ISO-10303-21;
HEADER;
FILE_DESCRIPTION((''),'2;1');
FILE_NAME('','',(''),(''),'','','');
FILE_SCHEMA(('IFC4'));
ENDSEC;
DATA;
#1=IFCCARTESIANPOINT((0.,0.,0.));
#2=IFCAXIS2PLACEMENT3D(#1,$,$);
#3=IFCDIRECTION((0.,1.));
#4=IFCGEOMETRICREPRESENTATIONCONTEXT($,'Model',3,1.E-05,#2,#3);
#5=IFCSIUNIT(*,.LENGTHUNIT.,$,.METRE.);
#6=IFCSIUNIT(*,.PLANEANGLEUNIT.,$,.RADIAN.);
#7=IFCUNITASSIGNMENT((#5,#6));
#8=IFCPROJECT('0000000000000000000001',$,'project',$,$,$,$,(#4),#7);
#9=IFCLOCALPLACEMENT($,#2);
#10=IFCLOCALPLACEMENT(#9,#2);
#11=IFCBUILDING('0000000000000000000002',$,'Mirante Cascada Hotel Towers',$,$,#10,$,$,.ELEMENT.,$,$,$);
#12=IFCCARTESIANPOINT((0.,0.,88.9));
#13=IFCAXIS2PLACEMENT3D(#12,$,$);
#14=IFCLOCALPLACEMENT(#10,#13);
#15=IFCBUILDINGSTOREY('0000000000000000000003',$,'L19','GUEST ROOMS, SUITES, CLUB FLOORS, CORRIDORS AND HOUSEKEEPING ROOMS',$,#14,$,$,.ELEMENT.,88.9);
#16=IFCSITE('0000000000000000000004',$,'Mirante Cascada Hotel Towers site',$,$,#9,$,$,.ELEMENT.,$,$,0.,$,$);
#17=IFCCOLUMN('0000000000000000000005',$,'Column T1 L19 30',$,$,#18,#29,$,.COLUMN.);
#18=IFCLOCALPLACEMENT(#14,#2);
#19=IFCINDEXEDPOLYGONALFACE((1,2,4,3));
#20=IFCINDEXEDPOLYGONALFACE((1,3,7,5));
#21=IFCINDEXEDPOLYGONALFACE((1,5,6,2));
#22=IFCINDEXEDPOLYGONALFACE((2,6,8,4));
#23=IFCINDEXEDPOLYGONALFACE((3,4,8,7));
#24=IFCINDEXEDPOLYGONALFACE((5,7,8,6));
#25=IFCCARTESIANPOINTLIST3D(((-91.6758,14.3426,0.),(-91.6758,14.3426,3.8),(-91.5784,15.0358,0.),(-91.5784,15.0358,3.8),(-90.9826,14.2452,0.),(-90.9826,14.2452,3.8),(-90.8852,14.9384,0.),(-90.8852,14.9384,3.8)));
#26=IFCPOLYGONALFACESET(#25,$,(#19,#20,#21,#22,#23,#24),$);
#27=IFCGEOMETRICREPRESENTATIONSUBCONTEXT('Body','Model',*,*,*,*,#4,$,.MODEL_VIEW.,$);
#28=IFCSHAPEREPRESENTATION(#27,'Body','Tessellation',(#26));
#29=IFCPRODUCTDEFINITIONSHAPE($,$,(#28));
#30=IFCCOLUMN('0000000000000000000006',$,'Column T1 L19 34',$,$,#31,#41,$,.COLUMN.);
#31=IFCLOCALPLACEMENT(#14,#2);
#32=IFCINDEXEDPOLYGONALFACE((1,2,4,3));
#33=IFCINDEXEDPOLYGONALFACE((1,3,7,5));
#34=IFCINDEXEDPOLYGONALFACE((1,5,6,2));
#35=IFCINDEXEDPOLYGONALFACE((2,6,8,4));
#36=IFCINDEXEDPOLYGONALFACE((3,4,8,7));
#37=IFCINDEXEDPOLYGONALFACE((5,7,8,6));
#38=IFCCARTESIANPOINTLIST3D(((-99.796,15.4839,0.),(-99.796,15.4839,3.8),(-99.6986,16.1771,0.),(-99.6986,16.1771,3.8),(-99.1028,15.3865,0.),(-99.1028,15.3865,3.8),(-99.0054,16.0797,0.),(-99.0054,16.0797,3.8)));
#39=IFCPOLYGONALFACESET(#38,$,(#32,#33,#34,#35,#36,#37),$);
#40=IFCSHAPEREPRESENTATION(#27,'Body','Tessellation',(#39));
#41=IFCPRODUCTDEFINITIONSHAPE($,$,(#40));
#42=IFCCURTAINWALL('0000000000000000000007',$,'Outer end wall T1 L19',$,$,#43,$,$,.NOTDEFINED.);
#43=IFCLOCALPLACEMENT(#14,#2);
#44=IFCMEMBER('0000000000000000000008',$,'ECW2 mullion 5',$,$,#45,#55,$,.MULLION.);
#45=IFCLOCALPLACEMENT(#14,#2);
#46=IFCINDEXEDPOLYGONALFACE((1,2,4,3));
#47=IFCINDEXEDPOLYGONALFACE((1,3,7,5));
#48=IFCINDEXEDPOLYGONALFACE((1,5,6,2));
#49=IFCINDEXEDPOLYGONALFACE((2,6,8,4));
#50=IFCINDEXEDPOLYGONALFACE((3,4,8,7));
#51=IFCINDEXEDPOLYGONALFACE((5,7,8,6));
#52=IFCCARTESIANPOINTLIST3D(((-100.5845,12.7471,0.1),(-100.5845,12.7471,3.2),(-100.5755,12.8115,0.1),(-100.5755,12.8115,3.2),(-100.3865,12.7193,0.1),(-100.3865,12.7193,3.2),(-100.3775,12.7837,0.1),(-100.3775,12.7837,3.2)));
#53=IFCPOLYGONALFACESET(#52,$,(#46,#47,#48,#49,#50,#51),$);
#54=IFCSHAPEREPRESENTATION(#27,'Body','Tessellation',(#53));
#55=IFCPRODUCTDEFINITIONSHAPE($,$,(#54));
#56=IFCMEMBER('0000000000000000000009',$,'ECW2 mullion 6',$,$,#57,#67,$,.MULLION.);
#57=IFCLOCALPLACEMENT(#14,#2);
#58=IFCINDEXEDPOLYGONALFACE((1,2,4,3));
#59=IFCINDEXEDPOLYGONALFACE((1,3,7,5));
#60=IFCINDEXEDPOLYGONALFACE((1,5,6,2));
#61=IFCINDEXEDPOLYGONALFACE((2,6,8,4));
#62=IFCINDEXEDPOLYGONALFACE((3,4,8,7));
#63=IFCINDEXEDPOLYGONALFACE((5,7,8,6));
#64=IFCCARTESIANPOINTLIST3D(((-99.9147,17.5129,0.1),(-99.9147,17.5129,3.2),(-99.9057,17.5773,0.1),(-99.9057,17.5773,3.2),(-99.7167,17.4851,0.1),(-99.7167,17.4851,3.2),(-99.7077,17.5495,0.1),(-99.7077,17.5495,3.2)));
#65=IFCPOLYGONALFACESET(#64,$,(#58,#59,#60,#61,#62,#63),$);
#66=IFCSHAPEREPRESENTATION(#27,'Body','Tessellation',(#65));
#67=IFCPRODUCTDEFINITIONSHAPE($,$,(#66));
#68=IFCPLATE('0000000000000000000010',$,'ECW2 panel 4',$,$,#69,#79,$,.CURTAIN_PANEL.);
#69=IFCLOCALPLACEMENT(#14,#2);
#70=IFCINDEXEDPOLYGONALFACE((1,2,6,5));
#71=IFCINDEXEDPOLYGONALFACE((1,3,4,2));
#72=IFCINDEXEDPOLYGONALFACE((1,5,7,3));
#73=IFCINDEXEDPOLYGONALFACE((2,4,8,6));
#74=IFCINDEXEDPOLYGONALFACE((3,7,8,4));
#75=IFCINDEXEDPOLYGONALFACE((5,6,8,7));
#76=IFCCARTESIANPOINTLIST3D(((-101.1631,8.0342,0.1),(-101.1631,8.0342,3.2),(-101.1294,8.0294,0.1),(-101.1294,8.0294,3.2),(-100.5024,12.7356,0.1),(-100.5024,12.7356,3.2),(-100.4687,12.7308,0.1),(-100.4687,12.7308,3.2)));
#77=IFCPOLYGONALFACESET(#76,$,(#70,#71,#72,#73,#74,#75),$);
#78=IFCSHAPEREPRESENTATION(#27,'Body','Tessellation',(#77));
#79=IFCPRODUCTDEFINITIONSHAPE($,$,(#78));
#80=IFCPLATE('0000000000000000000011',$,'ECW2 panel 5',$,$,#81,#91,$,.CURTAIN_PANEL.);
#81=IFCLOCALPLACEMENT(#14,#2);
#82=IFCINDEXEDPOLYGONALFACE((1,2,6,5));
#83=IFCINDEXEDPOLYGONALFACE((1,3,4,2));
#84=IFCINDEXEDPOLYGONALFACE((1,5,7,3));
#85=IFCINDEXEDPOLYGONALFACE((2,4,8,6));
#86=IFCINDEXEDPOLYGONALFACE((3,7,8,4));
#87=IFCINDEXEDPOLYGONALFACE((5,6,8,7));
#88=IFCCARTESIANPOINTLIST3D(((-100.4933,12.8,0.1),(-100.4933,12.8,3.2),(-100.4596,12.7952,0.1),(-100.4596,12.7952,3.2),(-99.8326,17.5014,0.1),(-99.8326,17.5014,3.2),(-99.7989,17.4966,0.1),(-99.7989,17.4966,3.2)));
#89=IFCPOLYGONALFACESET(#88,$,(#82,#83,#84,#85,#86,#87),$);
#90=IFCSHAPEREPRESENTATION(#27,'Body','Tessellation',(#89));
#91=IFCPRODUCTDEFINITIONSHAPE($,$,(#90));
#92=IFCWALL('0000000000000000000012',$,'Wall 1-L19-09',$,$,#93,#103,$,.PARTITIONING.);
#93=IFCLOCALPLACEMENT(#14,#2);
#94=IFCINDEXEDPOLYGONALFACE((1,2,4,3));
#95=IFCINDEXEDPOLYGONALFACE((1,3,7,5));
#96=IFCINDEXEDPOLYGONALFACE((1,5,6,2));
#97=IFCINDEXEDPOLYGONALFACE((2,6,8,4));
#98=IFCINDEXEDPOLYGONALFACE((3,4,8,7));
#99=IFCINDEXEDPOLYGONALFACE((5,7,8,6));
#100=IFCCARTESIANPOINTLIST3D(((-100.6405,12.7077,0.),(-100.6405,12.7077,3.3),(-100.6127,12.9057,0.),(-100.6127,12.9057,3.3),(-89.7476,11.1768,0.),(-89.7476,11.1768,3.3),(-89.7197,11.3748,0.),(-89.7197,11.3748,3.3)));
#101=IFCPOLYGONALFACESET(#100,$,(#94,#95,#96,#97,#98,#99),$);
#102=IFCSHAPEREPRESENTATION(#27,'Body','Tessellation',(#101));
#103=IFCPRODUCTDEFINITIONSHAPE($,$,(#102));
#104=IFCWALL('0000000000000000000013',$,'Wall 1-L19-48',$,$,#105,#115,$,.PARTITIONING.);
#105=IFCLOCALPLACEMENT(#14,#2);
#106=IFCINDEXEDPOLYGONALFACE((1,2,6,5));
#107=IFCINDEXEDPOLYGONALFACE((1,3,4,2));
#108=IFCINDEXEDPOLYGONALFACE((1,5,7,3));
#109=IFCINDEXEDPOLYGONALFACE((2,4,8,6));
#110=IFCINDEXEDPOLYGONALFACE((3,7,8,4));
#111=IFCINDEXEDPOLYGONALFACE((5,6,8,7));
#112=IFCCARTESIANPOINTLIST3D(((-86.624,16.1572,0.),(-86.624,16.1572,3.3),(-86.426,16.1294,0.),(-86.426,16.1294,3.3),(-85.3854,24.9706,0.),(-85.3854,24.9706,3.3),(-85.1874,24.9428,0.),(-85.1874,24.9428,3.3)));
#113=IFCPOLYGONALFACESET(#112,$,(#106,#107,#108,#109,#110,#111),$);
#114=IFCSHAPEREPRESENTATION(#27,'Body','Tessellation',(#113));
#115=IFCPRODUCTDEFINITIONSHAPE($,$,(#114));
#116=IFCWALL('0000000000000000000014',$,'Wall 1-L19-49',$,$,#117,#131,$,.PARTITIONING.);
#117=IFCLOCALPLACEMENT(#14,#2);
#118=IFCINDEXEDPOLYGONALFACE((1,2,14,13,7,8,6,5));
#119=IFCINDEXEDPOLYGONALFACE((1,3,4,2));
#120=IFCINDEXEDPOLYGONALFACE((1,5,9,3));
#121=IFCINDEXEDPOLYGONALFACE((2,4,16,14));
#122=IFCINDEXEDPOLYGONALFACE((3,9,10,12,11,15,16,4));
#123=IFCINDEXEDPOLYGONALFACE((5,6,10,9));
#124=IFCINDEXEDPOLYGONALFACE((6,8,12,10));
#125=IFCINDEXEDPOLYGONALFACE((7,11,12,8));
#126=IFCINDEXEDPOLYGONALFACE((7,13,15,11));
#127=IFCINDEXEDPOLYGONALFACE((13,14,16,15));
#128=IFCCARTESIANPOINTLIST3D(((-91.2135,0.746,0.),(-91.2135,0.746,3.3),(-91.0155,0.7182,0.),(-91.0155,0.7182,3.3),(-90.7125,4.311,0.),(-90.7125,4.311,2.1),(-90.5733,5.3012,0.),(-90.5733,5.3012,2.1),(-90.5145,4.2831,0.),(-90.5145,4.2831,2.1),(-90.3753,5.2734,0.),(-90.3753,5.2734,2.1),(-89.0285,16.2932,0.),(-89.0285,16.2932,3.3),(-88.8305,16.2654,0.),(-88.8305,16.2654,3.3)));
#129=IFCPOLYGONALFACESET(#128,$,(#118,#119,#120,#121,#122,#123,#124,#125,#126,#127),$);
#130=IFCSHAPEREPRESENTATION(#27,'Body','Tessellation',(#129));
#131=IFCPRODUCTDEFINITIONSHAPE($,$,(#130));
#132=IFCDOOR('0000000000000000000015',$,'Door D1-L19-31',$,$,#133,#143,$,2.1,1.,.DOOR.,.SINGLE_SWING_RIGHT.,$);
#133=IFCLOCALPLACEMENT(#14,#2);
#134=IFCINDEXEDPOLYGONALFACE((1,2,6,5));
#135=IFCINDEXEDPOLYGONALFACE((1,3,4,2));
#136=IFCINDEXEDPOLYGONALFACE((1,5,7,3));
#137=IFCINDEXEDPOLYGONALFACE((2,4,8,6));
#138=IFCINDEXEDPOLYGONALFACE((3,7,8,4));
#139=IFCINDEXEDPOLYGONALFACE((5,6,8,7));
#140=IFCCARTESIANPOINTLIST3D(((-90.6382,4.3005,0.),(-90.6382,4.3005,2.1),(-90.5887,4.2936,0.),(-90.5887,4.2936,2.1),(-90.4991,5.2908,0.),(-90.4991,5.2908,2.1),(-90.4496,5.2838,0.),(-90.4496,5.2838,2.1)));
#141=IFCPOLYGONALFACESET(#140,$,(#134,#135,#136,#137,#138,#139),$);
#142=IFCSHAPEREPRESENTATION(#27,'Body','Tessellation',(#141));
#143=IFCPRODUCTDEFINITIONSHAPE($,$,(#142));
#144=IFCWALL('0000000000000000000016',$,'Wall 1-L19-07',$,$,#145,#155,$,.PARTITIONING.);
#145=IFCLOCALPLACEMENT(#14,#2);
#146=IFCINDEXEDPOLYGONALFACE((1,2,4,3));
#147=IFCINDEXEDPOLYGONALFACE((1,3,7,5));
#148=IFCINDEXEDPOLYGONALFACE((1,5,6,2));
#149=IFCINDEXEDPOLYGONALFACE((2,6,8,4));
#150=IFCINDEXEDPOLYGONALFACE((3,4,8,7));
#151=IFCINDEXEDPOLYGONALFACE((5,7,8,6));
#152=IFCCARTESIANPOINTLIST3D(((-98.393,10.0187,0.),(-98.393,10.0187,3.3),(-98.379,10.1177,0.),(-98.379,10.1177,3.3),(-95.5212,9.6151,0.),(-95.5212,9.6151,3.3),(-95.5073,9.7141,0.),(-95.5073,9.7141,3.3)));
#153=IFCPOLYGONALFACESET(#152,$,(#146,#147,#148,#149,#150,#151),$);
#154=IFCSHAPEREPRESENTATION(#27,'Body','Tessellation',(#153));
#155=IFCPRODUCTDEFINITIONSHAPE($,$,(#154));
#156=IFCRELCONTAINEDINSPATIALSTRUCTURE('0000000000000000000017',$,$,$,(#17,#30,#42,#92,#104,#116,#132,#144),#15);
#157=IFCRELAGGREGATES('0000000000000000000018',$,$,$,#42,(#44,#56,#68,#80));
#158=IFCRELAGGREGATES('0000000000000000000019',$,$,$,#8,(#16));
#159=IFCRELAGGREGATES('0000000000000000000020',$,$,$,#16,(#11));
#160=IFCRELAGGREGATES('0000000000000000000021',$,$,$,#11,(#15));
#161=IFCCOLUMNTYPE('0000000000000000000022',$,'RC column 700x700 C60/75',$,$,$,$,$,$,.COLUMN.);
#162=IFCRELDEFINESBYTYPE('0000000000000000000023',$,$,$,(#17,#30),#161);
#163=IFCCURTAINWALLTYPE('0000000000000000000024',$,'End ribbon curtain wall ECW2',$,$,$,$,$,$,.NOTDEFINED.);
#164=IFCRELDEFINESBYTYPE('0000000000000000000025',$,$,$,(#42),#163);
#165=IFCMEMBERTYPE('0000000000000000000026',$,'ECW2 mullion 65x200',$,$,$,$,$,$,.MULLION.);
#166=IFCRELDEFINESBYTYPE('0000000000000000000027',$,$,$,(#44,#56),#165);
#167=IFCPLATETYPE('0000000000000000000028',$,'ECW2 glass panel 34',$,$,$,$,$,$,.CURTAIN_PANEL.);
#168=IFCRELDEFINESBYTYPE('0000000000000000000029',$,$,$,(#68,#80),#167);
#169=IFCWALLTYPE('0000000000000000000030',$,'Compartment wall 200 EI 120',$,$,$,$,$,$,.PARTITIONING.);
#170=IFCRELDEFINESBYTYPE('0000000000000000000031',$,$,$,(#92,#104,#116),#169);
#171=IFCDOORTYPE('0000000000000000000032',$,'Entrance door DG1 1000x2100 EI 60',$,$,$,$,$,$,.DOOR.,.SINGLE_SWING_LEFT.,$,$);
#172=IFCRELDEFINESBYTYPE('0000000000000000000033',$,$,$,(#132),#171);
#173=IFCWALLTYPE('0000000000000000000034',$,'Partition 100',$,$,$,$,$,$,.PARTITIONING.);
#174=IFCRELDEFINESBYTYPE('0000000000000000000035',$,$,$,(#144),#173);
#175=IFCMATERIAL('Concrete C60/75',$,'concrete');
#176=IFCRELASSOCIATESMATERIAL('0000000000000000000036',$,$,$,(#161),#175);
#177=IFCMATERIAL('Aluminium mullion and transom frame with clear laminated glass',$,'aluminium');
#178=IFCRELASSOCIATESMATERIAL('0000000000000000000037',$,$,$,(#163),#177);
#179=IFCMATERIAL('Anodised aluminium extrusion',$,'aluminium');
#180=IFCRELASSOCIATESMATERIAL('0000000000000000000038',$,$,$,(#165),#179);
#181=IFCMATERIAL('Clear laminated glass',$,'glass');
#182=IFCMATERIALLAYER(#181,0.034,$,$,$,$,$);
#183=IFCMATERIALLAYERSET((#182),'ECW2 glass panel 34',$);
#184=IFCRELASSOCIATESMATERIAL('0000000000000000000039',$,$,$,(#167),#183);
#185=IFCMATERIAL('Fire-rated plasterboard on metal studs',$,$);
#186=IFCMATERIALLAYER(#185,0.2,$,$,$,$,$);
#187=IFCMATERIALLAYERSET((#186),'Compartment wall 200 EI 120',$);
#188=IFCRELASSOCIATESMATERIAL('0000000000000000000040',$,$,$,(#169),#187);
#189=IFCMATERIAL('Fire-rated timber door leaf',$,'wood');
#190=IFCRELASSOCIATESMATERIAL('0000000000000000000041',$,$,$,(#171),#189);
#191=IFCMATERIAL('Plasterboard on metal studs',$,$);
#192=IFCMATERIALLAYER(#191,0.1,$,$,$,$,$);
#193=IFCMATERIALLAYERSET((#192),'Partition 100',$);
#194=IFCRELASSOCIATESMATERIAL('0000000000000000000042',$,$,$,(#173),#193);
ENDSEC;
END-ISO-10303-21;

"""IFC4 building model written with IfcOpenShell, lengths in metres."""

from ifc_helpers import new_model, si_unit, direction, frame, frame_2d, origin, origin_2d, place, context, subcontext, project, spatial, rectangle, extrude, material, layer, layer_set, material_profile, profile_set, type_object, element, fill, aggregate, save


model = new_model("IFC4")

# Units and contexts
model_context = context("Model", 3, precision=1e-05, world=origin(), true_north=direction((0.0, 1.0)))
body_context = subcontext(model_context, "Body", "Model", "MODEL_VIEW")
ifc_project = project(units=[si_unit("LENGTHUNIT", "METRE"), si_unit("PLANEANGLEUNIT", "RADIAN")], contexts=[model_context])

# Site, building, storey
site_placement = place(None, origin())
site = spatial("IfcSite", under=ifc_project, at=site_placement, Name="Mirante Cascada Hotel Towers site", CompositionType="ELEMENT", RefElevation=0.0)
building_placement = place(site_placement, origin())
building = spatial("IfcBuilding", under=site, at=building_placement, Name="Mirante Cascada Hotel Towers", CompositionType="ELEMENT")
storey_placement = place(building_placement, frame((0.0, 0.0, 88.9)))
storey = spatial("IfcBuildingStorey", under=building, at=storey_placement, Name="L19", Description="GUEST ROOMS, SUITES, CLUB FLOORS, CORRIDORS AND HOUSEKEEPING ROOMS", CompositionType="ELEMENT", Elevation=88.9)

# Columns
ifc_material_1 = material(Name="Concrete C60/75", Category="concrete")
ifc_material_profile_1 = material_profile(ifc_material_1, rectangle(XDim=0.7, YDim=0.7, at=origin_2d()), Name="RC column 700x700 C60/75")
ifc_profile_set_1 = profile_set([ifc_material_profile_1], Name="Concrete C60/75")
column_type = type_object("IfcColumnType", Name="RC column 700x700 C60/75", PredefinedType="COLUMN", material=ifc_profile_set_1)
for number, where, z_axis, x_axis, name in (
    (1, (-91.2805, 14.6405, 0.0), (0.0, 0.0, 1.0), (-0.990268, 0.139173, 0.0), "Column T1 L19 30"),
    (2, (-99.4007, 15.7818, 0.0), (0.0, 0.0, 1.0), (-0.990268, 0.139173, 0.0), "Column T1 L19 34"),
):
    element("IfcColumn", number, at=place(storey_placement, frame(where, z_axis=z_axis, x_axis=x_axis)), inside=storey, type_object=column_type, Name=name, PredefinedType="COLUMN", context=body_context, shape_type="SweptSolid", body=[
        extrude(rectangle(XDim=0.7, YDim=0.7, at=origin_2d()), origin(), (0.0, 0.0, 1.0), 3.8),
    ])

# Curtain wall, members, plates
ifc_material_2 = material(Name="Aluminium mullion and transom frame with clear laminated glass", Category="aluminium")
curtain_wall_type = type_object("IfcCurtainWallType", Name="End ribbon curtain wall ECW2", PredefinedType="NOTDEFINED", material=ifc_material_2)
curtain_wall_placement = place(storey_placement, origin())
curtain_wall = element("IfcCurtainWall", 3, at=curtain_wall_placement, inside=storey, type_object=curtain_wall_type, Name="Outer end wall T1 L19", PredefinedType="NOTDEFINED")
ifc_material_3 = material(Name="Anodised aluminium extrusion", Category="aluminium")
ifc_material_profile_2 = material_profile(ifc_material_3, rectangle(XDim=0.2, YDim=0.065, at=origin_2d()), Name="ECW2 MULLION 65x200")
ifc_profile_set_2 = profile_set([ifc_material_profile_2], Name="Anodised aluminium extrusion")
member_type = type_object("IfcMemberType", Name="ECW2 mullion 65x200", PredefinedType="MULLION", material=ifc_profile_set_2)
member_1_placement = place(storey_placement, frame((-100.481, 12.7654, 0.1), z_axis=(0.0, 0.0, 1.0), x_axis=(-0.990268, 0.139173, 0.0)))
member_1 = element("IfcMember", 4, at=member_1_placement, type_object=member_type, Name="ECW2 mullion 5", PredefinedType="MULLION", context=body_context, shape_type="SweptSolid", body=[
    extrude(rectangle(XDim=0.2, YDim=0.065, at=origin_2d()), origin(), (0.0, 0.0, 1.0), 3.1),
])
member_2_placement = place(storey_placement, frame((-99.8112, 17.5312, 0.1), z_axis=(0.0, 0.0, 1.0), x_axis=(-0.990268, 0.139173, 0.0)))
member_2 = element("IfcMember", 5, at=member_2_placement, type_object=member_type, Name="ECW2 mullion 6", PredefinedType="MULLION", context=body_context, shape_type="SweptSolid", body=[
    extrude(rectangle(XDim=0.2, YDim=0.065, at=origin_2d()), origin(), (0.0, 0.0, 1.0), 3.1),
])
ifc_material_4 = material(Name="Clear laminated glass", Category="glass")
ifc_layer_1 = layer(ifc_material_4, 0.034)
ifc_layer_set_1 = layer_set([ifc_layer_1], Name="ECW2 glass panel 34")
plate_type = type_object("IfcPlateType", Name="ECW2 glass panel 34", PredefinedType="CURTAIN_PANEL", material=ifc_layer_set_1)
plate_1_placement = place(storey_placement, frame((-100.8159, 10.3825, 0.1), z_axis=(0.0, 0.0, 1.0), x_axis=(0.139173, 0.990268, 0.0)))
plate_1 = element("IfcPlate", 6, at=plate_1_placement, type_object=plate_type, Name="ECW2 panel 4", PredefinedType="CURTAIN_PANEL", context=body_context, shape_type="SweptSolid", body=[
    extrude(rectangle(XDim=4.7476, YDim=0.034, at=origin_2d()), origin(), (0.0, 0.0, 1.0), 3.1),
])
plate_2_placement = place(storey_placement, frame((-100.1461, 15.1483, 0.1), z_axis=(0.0, 0.0, 1.0), x_axis=(0.139173, 0.990268, 0.0)))
plate_2 = element("IfcPlate", 7, at=plate_2_placement, type_object=plate_type, Name="ECW2 panel 5", PredefinedType="CURTAIN_PANEL", context=body_context, shape_type="SweptSolid", body=[
    extrude(rectangle(XDim=4.7476, YDim=0.034, at=origin_2d()), origin(), (0.0, 0.0, 1.0), 3.1),
])
aggregate(curtain_wall, [member_1, member_2, plate_1, plate_2])

# Walls
ifc_material_5 = material(Name="Fire-rated plasterboard on metal studs")
ifc_layer_2 = layer(ifc_material_5, 0.2)
ifc_layer_set_2 = layer_set([ifc_layer_2], Name="Compartment wall 200 EI 120")
wall_type_1 = type_object("IfcWallType", Name="Compartment wall 200 EI 120", PredefinedType="PARTITIONING", material=ifc_layer_set_2)
wall_1_placement = place(storey_placement, frame((-100.6266, 12.8067, 0.0), z_axis=(0.0, 0.0, 1.0), x_axis=(0.990268, -0.139173, 0.0)))
element("IfcWall", 8, at=wall_1_placement, inside=storey, type_object=wall_type_1, Name="Wall 1-L19-09", PredefinedType="PARTITIONING", context=body_context, shape_type="SweptSolid", body=[
    extrude(rectangle(XDim=11.0, YDim=0.2, at=frame_2d((5.5, 0.0))), origin(), (0.0, 0.0, 1.0), 3.3),
])
wall_2_placement = place(storey_placement, frame((-86.525, 16.1433, 0.0), z_axis=(0.0, 0.0, 1.0), x_axis=(0.139168, 0.990269, 0.0)))
element("IfcWall", 9, at=wall_2_placement, inside=storey, type_object=wall_type_1, Name="Wall 1-L19-48", PredefinedType="PARTITIONING", context=body_context, shape_type="SweptSolid", body=[
    extrude(rectangle(XDim=8.9, YDim=0.2, at=frame_2d((4.45, 0.0))), origin(), (0.0, 0.0, 1.0), 3.3),
])

# Wall, opening, door
wall_3_placement = place(storey_placement, frame((-88.9295, 16.2793, 0.0), z_axis=(0.0, 0.0, 1.0), x_axis=(-0.139172, -0.990268, 0.0)))
wall_3 = element("IfcWall", 10, at=wall_3_placement, inside=storey, type_object=wall_type_1, Name="Wall 1-L19-49", PredefinedType="PARTITIONING", context=body_context, shape_type="SweptSolid", body=[
    extrude(rectangle(XDim=15.7, YDim=0.2, at=frame_2d((7.85, 0.0))), origin(), (0.0, 0.0, 1.0), 3.3),
])
opening_1_placement = place(wall_3_placement, frame((11.1, 0.0, 0.0)))
opening_1 = element("IfcOpeningElement", 11, at=opening_1_placement, cuts=wall_3, PredefinedType="OPENING", context=body_context, shape_type="SweptSolid", body=[
    extrude(rectangle(XDim=1.0, YDim=2.1, at=frame_2d((0.5, 1.05))), frame((0.0, 0.1, 0.0), z_axis=(0.0, -1.0, 0.0), x_axis=(1.0, 0.0, 0.0)), (0.0, 0.0, 1.0), 0.2),
])
ifc_material_6 = material(Name="Fire-rated timber door leaf", Category="wood")
door_type_1 = type_object("IfcDoorType", Name="Entrance door DG1 1000x2100 EI 60", OperationType="SINGLE_SWING_LEFT", PredefinedType="DOOR", material=ifc_material_6)
door_1_placement = place(opening_1_placement, frame((1.0, 0.0, 0.0), z_axis=(0.0, 0.0, 1.0), x_axis=(-1.0, 0.0, 0.0)))
door_1 = element("IfcDoor", 12, at=door_1_placement, inside=storey, type_object=door_type_1, Name="Door D1-L19-31", OperationType="SINGLE_SWING_RIGHT", OverallHeight=2.1, OverallWidth=1.0, PredefinedType="DOOR", context=body_context, shape_type="SweptSolid", body=[
    extrude(rectangle(XDim=1.0, YDim=2.1, at=frame_2d((0.5, 1.05))), frame((0.0, 0.025, 0.0), z_axis=(0.0, -1.0, 0.0), x_axis=(1.0, 0.0, 0.0)), (0.0, 0.0, 1.0), 0.05),
])
fill(opening_1, door_1)

# Wall
ifc_material_7 = material(Name="Plasterboard on metal studs")
ifc_layer_3 = layer(ifc_material_7, 0.1)
ifc_layer_set_3 = layer_set([ifc_layer_3], Name="Partition 100")
wall_type_2 = type_object("IfcWallType", Name="Partition 100", PredefinedType="PARTITIONING", material=ifc_layer_set_3)
wall_4_placement = place(storey_placement, frame((-98.386, 10.0682, 0.0), z_axis=(0.0, 0.0, 1.0), x_axis=(0.990268, -0.139171, 0.0)))
element("IfcWall", 13, at=wall_4_placement, inside=storey, type_object=wall_type_2, Name="Wall 1-L19-07", PredefinedType="PARTITIONING", context=body_context, shape_type="SweptSolid", body=[
    extrude(rectangle(XDim=2.9, YDim=0.1, at=frame_2d((1.45, 0.0))), origin(), (0.0, 0.0, 1.0), 3.3),
])

save(model, "model.ifc")
